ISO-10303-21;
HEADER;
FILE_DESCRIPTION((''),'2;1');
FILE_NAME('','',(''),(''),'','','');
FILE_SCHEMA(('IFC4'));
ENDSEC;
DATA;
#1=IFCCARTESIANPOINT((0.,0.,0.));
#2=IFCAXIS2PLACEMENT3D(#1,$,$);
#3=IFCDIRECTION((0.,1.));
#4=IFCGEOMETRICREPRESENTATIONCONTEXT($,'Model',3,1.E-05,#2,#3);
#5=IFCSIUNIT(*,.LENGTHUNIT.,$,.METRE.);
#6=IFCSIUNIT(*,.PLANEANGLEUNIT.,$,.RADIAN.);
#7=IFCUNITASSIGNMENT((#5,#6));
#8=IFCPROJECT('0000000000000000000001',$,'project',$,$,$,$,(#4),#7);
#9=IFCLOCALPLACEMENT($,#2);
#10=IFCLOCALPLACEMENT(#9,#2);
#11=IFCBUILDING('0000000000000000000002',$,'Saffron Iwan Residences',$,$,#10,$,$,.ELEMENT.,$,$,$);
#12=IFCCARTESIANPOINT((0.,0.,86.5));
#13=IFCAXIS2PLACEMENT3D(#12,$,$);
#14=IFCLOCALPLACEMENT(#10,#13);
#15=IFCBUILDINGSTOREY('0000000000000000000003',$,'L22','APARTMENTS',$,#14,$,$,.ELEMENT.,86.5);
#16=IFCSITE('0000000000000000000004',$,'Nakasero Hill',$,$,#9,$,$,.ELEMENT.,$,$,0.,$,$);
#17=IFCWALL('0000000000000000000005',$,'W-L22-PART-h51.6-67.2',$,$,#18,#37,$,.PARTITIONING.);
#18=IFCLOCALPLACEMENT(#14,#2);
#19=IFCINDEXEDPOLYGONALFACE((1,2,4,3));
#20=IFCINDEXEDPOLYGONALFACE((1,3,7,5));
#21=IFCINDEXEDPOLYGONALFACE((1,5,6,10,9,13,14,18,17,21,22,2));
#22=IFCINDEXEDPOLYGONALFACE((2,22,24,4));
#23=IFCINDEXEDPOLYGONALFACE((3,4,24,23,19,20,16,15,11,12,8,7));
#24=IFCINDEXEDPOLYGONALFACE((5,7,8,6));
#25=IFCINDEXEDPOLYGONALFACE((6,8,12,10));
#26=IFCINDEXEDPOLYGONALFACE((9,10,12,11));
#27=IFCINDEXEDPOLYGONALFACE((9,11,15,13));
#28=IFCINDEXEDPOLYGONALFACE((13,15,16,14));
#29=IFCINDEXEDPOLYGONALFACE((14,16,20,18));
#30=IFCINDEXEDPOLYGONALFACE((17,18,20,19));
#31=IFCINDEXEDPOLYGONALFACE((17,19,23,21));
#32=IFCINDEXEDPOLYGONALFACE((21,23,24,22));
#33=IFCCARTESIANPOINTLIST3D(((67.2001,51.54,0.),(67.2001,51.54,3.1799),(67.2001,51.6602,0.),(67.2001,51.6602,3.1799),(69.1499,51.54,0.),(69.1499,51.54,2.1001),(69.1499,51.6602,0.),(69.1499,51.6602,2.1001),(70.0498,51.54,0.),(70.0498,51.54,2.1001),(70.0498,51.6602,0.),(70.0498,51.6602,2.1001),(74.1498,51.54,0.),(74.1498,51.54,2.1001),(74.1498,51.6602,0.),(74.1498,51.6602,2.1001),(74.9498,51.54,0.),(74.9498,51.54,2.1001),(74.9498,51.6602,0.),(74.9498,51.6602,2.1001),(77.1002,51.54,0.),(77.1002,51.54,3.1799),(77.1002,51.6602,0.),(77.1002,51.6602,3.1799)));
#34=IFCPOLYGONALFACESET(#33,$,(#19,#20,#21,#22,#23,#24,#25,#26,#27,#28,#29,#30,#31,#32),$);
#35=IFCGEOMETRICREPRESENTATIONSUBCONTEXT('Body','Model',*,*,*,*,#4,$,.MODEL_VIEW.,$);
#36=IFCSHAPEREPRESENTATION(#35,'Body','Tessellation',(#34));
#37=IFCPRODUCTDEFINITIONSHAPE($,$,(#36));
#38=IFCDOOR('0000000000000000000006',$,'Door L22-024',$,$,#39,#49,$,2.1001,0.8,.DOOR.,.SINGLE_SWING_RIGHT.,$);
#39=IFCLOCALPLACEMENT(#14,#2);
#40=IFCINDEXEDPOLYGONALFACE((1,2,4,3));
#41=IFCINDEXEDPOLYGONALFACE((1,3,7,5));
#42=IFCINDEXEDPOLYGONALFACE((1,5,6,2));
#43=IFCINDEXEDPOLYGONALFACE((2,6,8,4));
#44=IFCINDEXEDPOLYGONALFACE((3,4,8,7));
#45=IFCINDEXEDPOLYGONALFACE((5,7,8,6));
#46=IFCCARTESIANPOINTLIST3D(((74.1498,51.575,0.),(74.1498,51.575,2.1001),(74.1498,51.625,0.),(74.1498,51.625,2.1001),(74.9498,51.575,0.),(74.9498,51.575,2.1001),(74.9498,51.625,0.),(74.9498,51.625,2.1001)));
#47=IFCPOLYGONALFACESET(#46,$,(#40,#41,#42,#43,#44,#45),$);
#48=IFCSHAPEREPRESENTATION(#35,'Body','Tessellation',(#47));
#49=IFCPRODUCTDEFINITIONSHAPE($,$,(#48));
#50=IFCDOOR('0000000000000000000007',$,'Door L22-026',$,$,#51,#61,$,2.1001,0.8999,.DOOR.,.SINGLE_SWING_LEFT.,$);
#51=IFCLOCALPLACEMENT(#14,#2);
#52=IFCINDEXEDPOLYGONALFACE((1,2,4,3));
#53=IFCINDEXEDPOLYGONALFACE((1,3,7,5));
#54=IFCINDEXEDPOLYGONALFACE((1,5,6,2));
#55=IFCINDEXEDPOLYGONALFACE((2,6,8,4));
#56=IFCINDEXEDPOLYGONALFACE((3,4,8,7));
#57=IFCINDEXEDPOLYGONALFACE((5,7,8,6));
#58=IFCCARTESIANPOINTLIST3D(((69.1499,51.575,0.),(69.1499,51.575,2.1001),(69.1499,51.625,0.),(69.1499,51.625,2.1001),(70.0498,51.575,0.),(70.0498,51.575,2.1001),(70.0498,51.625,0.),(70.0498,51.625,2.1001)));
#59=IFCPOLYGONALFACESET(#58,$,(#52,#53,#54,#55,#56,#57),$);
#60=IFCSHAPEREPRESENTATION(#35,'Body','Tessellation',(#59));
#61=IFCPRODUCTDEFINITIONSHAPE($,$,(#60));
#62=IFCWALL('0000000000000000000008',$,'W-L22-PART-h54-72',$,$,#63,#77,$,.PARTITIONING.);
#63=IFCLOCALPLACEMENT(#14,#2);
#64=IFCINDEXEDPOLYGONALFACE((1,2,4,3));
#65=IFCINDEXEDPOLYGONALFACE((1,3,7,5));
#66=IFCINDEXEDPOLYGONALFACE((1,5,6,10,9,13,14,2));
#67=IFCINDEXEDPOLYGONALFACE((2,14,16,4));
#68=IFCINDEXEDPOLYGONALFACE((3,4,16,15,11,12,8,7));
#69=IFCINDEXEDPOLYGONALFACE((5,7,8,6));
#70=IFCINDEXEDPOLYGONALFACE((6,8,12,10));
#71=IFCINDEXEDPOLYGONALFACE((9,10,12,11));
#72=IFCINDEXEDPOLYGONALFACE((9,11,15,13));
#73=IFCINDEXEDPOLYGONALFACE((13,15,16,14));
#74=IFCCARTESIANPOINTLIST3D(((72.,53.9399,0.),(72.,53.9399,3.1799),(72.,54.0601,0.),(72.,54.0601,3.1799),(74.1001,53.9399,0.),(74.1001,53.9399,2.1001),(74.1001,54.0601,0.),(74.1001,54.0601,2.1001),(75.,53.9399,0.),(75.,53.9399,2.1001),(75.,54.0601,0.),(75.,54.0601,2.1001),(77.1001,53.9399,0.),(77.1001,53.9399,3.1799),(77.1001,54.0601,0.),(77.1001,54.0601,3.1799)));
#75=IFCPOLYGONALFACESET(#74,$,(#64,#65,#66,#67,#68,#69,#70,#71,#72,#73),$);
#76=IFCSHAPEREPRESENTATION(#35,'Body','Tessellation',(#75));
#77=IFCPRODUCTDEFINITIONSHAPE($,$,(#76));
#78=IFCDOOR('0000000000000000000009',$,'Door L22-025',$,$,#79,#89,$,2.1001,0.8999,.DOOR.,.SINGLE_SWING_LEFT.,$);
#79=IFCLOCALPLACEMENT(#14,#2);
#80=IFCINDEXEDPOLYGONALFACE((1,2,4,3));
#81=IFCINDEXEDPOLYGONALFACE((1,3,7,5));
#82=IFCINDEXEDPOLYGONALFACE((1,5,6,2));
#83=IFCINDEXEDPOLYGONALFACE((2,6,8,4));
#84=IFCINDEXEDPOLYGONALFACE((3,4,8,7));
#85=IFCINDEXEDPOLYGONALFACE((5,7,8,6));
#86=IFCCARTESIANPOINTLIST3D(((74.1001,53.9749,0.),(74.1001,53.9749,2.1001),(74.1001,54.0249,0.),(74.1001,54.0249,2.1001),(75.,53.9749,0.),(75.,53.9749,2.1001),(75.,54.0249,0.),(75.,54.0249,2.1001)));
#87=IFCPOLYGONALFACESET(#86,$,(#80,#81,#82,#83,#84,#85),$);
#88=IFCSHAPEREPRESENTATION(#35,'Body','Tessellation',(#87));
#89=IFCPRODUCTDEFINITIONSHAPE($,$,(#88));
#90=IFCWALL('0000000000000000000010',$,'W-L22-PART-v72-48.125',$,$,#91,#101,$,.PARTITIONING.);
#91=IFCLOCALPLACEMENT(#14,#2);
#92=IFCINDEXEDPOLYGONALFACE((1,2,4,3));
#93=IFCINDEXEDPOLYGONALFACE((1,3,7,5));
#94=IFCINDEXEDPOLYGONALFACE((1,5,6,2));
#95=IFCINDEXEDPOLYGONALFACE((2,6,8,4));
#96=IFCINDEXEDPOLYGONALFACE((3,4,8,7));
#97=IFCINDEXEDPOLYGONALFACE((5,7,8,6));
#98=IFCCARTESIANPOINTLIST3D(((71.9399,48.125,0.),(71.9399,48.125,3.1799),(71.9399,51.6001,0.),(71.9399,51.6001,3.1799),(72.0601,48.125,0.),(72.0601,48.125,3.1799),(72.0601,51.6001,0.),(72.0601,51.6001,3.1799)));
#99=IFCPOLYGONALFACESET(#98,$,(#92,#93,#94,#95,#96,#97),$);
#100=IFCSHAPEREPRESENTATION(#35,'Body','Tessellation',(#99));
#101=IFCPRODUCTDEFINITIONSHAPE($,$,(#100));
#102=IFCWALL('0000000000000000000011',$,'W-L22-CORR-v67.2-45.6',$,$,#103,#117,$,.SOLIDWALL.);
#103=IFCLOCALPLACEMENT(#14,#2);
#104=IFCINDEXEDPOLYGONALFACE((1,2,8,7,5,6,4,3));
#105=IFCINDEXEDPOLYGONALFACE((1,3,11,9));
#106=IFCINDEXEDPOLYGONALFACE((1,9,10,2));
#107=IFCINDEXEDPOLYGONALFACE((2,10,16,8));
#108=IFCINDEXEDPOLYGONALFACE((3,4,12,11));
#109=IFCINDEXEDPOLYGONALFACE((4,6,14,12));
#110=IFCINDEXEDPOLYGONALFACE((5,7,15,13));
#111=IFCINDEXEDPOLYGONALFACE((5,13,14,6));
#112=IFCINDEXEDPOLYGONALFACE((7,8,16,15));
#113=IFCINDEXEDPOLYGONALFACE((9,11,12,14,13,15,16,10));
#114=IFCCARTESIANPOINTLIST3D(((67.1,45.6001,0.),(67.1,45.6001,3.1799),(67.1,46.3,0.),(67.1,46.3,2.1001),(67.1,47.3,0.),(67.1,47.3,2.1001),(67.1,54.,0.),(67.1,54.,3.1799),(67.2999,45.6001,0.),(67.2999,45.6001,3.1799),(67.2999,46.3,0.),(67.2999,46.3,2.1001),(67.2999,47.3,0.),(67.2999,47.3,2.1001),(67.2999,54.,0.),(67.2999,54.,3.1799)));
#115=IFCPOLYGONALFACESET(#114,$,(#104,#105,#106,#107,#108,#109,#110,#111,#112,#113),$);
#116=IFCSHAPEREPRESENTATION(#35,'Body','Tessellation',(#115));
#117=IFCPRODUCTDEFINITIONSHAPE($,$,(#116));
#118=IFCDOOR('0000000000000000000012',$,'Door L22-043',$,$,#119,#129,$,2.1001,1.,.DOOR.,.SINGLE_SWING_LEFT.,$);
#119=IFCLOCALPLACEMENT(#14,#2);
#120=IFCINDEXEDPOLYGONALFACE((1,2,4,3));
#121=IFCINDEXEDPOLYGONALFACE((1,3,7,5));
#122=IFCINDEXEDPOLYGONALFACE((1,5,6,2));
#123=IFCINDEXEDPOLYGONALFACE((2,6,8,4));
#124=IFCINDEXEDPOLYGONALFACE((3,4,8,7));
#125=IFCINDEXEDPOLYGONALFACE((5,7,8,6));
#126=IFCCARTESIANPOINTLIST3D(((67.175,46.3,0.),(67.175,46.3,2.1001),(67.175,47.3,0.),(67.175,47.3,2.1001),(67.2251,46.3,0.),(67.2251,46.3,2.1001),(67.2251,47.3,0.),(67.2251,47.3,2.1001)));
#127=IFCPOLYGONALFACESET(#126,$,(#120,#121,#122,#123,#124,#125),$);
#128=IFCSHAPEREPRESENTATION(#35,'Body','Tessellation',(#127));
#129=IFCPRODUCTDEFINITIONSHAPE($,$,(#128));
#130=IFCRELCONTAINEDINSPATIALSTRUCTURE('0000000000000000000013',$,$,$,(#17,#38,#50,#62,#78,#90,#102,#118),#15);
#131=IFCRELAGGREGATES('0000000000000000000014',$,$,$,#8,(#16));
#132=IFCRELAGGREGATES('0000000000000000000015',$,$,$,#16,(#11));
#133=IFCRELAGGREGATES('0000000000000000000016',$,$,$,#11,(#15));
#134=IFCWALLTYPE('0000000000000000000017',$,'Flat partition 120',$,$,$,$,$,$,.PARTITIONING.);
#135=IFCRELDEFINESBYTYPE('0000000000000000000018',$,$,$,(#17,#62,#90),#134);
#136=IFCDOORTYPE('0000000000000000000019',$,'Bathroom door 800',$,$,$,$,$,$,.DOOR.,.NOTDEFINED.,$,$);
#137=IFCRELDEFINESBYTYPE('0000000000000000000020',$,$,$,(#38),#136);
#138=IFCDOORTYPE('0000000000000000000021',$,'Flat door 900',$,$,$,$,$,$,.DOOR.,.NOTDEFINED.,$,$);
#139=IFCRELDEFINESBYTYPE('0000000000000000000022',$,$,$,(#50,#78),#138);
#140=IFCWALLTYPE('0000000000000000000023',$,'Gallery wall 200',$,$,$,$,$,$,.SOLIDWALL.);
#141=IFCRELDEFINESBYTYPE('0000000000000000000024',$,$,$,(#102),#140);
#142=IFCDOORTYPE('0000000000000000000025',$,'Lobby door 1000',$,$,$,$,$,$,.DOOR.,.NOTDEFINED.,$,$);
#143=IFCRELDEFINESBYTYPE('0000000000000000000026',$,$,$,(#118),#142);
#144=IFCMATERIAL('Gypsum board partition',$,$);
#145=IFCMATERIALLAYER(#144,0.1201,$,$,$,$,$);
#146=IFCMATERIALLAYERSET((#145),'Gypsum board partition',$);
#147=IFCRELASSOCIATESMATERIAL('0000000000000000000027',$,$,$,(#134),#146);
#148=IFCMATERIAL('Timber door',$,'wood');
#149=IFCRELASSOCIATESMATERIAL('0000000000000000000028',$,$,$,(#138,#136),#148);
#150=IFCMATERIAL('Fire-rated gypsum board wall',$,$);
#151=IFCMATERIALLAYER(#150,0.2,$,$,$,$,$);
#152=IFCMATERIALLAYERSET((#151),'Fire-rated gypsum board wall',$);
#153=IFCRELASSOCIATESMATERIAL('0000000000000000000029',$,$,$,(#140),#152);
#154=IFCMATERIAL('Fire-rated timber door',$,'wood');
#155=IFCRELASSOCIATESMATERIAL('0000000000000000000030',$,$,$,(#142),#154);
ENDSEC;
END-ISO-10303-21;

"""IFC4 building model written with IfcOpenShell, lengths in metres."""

from ifc_helpers import new_model, si_unit, direction, frame, frame_2d, origin, place, context, subcontext, project, spatial, rectangle, extrude, material, layer, layer_set, type_object, element, fill, save


model = new_model("IFC4")

# Units and contexts
model_context = context("Model", 3, precision=1e-05, world=origin(), true_north=direction((0.0, 1.0)))
body_context = subcontext(model_context, "Body", "Model", "MODEL_VIEW")
ifc_project = project(units=[si_unit("LENGTHUNIT", "METRE"), si_unit("PLANEANGLEUNIT", "RADIAN")], contexts=[model_context])

# Site, building, storey
site_placement = place(None, origin())
site = spatial("IfcSite", under=ifc_project, at=site_placement, Name="Nakasero Hill", CompositionType="ELEMENT", RefElevation=0.0)
building_placement = place(site_placement, origin())
building = spatial("IfcBuilding", under=site, at=building_placement, Name="Saffron Iwan Residences", CompositionType="ELEMENT")
storey_placement = place(building_placement, frame((0.0, 0.0, 86.5)))
storey = spatial("IfcBuildingStorey", under=building, at=storey_placement, Name="L22", Description="APARTMENTS", CompositionType="ELEMENT", Elevation=86.5)

# Shared definitions
ifc_material_1 = material(Name="Fire-rated gypsum board wall")

# Shared definitions
ifc_material_2 = material(Name="Gypsum board partition")
ifc_layer_1 = layer(ifc_material_2, 0.1201)
ifc_layer_set_1 = layer_set([ifc_layer_1], Name="Gypsum board partition")
wall_type_1 = type_object("IfcWallType", Name="Flat partition 120", PredefinedType="PARTITIONING", material=ifc_layer_set_1)
ifc_material_3 = material(Name="Timber door", Category="wood")
door_type_1 = type_object("IfcDoorType", Name="Flat door 900", OperationType="NOTDEFINED", PredefinedType="DOOR", material=ifc_material_3)

# Wall, openings, doors
wall_1_placement = place(storey_placement, frame((67.2, 51.6001, 0.0), z_axis=(0.0, 0.0, 1.0), x_axis=(1.0, 0.0, 0.0)))
wall_1 = element("IfcWall", 1, at=wall_1_placement, inside=storey, type_object=wall_type_1, Name="W-L22-PART-h51.6-67.2", PredefinedType="PARTITIONING", context=body_context, shape_type="SweptSolid", body=[
    extrude(rectangle(XDim=9.9001, YDim=0.1201, at=frame_2d((4.9502, 0.0))), origin(), (0.0, 0.0, 1.0), 3.1799),
])
opening_1_placement = place(wall_1_placement, frame((6.95, 0.0, 0.0)))
opening_1 = element("IfcOpeningElement", 2, at=opening_1_placement, cuts=wall_1, PredefinedType="OPENING", context=body_context, shape_type="SweptSolid", body=[
    extrude(rectangle(XDim=0.8, YDim=2.1001, at=frame_2d((0.3999, 1.05))), frame((0.0, 0.0701, 0.0), z_axis=(0.0, -1.0, 0.0), x_axis=(1.0, 0.0, 0.0)), (0.0, 0.0, 1.0), 0.1401),
])
opening_2_placement = place(wall_1_placement, frame((1.95, 0.0, 0.0)))
opening_2 = element("IfcOpeningElement", 3, at=opening_2_placement, cuts=wall_1, PredefinedType="OPENING", context=body_context, shape_type="SweptSolid", body=[
    extrude(rectangle(XDim=0.8999, YDim=2.1001, at=frame_2d((0.45, 1.05))), frame((0.0, 0.0701, 0.0), z_axis=(0.0, -1.0, 0.0), x_axis=(1.0, 0.0, 0.0)), (0.0, 0.0, 1.0), 0.1401),
])
door_type_2 = type_object("IfcDoorType", Name="Bathroom door 800", OperationType="NOTDEFINED", PredefinedType="DOOR", material=ifc_material_3)
door_1_placement = place(opening_1_placement, origin())
door_1 = element("IfcDoor", 4, at=door_1_placement, inside=storey, type_object=door_type_2, Name="Door L22-024", OperationType="SINGLE_SWING_RIGHT", OverallHeight=2.1001, OverallWidth=0.8, PredefinedType="DOOR", context=body_context, shape_type="SweptSolid", body=[
    extrude(rectangle(XDim=0.8, YDim=2.1001, at=frame_2d((0.3999, 1.05))), frame((0.0, 0.0249, 0.0), z_axis=(0.0, -1.0, 0.0), x_axis=(1.0, 0.0, 0.0)), (0.0, 0.0, 1.0), 0.05),
])
fill(opening_1, door_1)
door_2_placement = place(opening_2_placement, origin())
door_2 = element("IfcDoor", 5, at=door_2_placement, inside=storey, type_object=door_type_1, Name="Door L22-026", OperationType="SINGLE_SWING_LEFT", OverallHeight=2.1001, OverallWidth=0.8999, PredefinedType="DOOR", context=body_context, shape_type="SweptSolid", body=[
    extrude(rectangle(XDim=0.8999, YDim=2.1001, at=frame_2d((0.45, 1.05))), frame((0.0, 0.0249, 0.0), z_axis=(0.0, -1.0, 0.0), x_axis=(1.0, 0.0, 0.0)), (0.0, 0.0, 1.0), 0.05),
])
fill(opening_2, door_2)

# Wall, opening, door
wall_2_placement = place(storey_placement, frame((72.0, 54.0, 0.0), z_axis=(0.0, 0.0, 1.0), x_axis=(1.0, 0.0, 0.0)))
wall_2 = element("IfcWall", 6, at=wall_2_placement, inside=storey, type_object=wall_type_1, Name="W-L22-PART-h54-72", PredefinedType="PARTITIONING", context=body_context, shape_type="SweptSolid", body=[
    extrude(rectangle(XDim=5.1001, YDim=0.1201, at=frame_2d((2.55, 0.0))), origin(), (0.0, 0.0, 1.0), 3.1799),
])
opening_3_placement = place(wall_2_placement, frame((2.1001, 0.0, 0.0)))
opening_3 = element("IfcOpeningElement", 7, at=opening_3_placement, cuts=wall_2, PredefinedType="OPENING", context=body_context, shape_type="SweptSolid", body=[
    extrude(rectangle(XDim=0.8999, YDim=2.1001, at=frame_2d((0.45, 1.05))), frame((0.0, 0.0701, 0.0), z_axis=(0.0, -1.0, 0.0), x_axis=(1.0, 0.0, 0.0)), (0.0, 0.0, 1.0), 0.1401),
])
door_3_placement = place(opening_3_placement, origin())
door_3 = element("IfcDoor", 8, at=door_3_placement, inside=storey, type_object=door_type_1, Name="Door L22-025", OperationType="SINGLE_SWING_LEFT", OverallHeight=2.1001, OverallWidth=0.8999, PredefinedType="DOOR", context=body_context, shape_type="SweptSolid", body=[
    extrude(rectangle(XDim=0.8999, YDim=2.1001, at=frame_2d((0.45, 1.05))), frame((0.0, 0.0249, 0.0), z_axis=(0.0, -1.0, 0.0), x_axis=(1.0, 0.0, 0.0)), (0.0, 0.0, 1.0), 0.05),
])
fill(opening_3, door_3)

# Wall
wall_3_placement = place(storey_placement, frame((72.0, 48.125, 0.0), z_axis=(0.0, 0.0, 1.0), x_axis=(0.0, 1.0, 0.0)))
element("IfcWall", 9, at=wall_3_placement, inside=storey, type_object=wall_type_1, Name="W-L22-PART-v72-48.125", PredefinedType="PARTITIONING", context=body_context, shape_type="SweptSolid", body=[
    extrude(rectangle(XDim=3.4751, YDim=0.1201, at=frame_2d((1.7375, 0.0))), origin(), (0.0, 0.0, 1.0), 3.1799),
])

# Wall, opening, door
ifc_layer_2 = layer(ifc_material_1, 0.2)
ifc_layer_set_2 = layer_set([ifc_layer_2], Name="Fire-rated gypsum board wall")
wall_type_2 = type_object("IfcWallType", Name="Gallery wall 200", PredefinedType="SOLIDWALL", material=ifc_layer_set_2)
wall_4_placement = place(storey_placement, frame((67.2, 45.6001, 0.0), z_axis=(0.0, 0.0, 1.0), x_axis=(0.0, 1.0, 0.0)))
wall_4 = element("IfcWall", 10, at=wall_4_placement, inside=storey, type_object=wall_type_2, Name="W-L22-CORR-v67.2-45.6", PredefinedType="SOLIDWALL", context=body_context, shape_type="SweptSolid", body=[
    extrude(rectangle(XDim=8.3999, YDim=0.2, at=frame_2d((4.2, 0.0))), origin(), (0.0, 0.0, 1.0), 3.1799),
])
opening_4_placement = place(wall_4_placement, frame((0.7, 0.0, 0.0)))
opening_4 = element("IfcOpeningElement", 11, at=opening_4_placement, cuts=wall_4, PredefinedType="OPENING", context=body_context, shape_type="SweptSolid", body=[
    extrude(rectangle(XDim=1.0, YDim=2.1001, at=frame_2d((0.5, 1.05))), frame((0.0, 0.1099, 0.0), z_axis=(0.0, -1.0, 0.0), x_axis=(1.0, 0.0, 0.0)), (0.0, 0.0, 1.0), 0.22),
])
ifc_material_4 = material(Name="Fire-rated timber door", Category="wood")
door_type_3 = type_object("IfcDoorType", Name="Lobby door 1000", OperationType="NOTDEFINED", PredefinedType="DOOR", material=ifc_material_4)
door_4_placement = place(opening_4_placement, origin())
door_4 = element("IfcDoor", 12, at=door_4_placement, inside=storey, type_object=door_type_3, Name="Door L22-043", OperationType="SINGLE_SWING_LEFT", OverallHeight=2.1001, OverallWidth=1.0, PredefinedType="DOOR", context=body_context, shape_type="SweptSolid", body=[
    extrude(rectangle(XDim=1.0, YDim=2.1001, at=frame_2d((0.5, 1.05))), frame((0.0, 0.0249, 0.0), z_axis=(0.0, -1.0, 0.0), x_axis=(1.0, 0.0, 0.0)), (0.0, 0.0, 1.0), 0.05),
])
fill(opening_4, door_4)

save(model, "model.ifc")
